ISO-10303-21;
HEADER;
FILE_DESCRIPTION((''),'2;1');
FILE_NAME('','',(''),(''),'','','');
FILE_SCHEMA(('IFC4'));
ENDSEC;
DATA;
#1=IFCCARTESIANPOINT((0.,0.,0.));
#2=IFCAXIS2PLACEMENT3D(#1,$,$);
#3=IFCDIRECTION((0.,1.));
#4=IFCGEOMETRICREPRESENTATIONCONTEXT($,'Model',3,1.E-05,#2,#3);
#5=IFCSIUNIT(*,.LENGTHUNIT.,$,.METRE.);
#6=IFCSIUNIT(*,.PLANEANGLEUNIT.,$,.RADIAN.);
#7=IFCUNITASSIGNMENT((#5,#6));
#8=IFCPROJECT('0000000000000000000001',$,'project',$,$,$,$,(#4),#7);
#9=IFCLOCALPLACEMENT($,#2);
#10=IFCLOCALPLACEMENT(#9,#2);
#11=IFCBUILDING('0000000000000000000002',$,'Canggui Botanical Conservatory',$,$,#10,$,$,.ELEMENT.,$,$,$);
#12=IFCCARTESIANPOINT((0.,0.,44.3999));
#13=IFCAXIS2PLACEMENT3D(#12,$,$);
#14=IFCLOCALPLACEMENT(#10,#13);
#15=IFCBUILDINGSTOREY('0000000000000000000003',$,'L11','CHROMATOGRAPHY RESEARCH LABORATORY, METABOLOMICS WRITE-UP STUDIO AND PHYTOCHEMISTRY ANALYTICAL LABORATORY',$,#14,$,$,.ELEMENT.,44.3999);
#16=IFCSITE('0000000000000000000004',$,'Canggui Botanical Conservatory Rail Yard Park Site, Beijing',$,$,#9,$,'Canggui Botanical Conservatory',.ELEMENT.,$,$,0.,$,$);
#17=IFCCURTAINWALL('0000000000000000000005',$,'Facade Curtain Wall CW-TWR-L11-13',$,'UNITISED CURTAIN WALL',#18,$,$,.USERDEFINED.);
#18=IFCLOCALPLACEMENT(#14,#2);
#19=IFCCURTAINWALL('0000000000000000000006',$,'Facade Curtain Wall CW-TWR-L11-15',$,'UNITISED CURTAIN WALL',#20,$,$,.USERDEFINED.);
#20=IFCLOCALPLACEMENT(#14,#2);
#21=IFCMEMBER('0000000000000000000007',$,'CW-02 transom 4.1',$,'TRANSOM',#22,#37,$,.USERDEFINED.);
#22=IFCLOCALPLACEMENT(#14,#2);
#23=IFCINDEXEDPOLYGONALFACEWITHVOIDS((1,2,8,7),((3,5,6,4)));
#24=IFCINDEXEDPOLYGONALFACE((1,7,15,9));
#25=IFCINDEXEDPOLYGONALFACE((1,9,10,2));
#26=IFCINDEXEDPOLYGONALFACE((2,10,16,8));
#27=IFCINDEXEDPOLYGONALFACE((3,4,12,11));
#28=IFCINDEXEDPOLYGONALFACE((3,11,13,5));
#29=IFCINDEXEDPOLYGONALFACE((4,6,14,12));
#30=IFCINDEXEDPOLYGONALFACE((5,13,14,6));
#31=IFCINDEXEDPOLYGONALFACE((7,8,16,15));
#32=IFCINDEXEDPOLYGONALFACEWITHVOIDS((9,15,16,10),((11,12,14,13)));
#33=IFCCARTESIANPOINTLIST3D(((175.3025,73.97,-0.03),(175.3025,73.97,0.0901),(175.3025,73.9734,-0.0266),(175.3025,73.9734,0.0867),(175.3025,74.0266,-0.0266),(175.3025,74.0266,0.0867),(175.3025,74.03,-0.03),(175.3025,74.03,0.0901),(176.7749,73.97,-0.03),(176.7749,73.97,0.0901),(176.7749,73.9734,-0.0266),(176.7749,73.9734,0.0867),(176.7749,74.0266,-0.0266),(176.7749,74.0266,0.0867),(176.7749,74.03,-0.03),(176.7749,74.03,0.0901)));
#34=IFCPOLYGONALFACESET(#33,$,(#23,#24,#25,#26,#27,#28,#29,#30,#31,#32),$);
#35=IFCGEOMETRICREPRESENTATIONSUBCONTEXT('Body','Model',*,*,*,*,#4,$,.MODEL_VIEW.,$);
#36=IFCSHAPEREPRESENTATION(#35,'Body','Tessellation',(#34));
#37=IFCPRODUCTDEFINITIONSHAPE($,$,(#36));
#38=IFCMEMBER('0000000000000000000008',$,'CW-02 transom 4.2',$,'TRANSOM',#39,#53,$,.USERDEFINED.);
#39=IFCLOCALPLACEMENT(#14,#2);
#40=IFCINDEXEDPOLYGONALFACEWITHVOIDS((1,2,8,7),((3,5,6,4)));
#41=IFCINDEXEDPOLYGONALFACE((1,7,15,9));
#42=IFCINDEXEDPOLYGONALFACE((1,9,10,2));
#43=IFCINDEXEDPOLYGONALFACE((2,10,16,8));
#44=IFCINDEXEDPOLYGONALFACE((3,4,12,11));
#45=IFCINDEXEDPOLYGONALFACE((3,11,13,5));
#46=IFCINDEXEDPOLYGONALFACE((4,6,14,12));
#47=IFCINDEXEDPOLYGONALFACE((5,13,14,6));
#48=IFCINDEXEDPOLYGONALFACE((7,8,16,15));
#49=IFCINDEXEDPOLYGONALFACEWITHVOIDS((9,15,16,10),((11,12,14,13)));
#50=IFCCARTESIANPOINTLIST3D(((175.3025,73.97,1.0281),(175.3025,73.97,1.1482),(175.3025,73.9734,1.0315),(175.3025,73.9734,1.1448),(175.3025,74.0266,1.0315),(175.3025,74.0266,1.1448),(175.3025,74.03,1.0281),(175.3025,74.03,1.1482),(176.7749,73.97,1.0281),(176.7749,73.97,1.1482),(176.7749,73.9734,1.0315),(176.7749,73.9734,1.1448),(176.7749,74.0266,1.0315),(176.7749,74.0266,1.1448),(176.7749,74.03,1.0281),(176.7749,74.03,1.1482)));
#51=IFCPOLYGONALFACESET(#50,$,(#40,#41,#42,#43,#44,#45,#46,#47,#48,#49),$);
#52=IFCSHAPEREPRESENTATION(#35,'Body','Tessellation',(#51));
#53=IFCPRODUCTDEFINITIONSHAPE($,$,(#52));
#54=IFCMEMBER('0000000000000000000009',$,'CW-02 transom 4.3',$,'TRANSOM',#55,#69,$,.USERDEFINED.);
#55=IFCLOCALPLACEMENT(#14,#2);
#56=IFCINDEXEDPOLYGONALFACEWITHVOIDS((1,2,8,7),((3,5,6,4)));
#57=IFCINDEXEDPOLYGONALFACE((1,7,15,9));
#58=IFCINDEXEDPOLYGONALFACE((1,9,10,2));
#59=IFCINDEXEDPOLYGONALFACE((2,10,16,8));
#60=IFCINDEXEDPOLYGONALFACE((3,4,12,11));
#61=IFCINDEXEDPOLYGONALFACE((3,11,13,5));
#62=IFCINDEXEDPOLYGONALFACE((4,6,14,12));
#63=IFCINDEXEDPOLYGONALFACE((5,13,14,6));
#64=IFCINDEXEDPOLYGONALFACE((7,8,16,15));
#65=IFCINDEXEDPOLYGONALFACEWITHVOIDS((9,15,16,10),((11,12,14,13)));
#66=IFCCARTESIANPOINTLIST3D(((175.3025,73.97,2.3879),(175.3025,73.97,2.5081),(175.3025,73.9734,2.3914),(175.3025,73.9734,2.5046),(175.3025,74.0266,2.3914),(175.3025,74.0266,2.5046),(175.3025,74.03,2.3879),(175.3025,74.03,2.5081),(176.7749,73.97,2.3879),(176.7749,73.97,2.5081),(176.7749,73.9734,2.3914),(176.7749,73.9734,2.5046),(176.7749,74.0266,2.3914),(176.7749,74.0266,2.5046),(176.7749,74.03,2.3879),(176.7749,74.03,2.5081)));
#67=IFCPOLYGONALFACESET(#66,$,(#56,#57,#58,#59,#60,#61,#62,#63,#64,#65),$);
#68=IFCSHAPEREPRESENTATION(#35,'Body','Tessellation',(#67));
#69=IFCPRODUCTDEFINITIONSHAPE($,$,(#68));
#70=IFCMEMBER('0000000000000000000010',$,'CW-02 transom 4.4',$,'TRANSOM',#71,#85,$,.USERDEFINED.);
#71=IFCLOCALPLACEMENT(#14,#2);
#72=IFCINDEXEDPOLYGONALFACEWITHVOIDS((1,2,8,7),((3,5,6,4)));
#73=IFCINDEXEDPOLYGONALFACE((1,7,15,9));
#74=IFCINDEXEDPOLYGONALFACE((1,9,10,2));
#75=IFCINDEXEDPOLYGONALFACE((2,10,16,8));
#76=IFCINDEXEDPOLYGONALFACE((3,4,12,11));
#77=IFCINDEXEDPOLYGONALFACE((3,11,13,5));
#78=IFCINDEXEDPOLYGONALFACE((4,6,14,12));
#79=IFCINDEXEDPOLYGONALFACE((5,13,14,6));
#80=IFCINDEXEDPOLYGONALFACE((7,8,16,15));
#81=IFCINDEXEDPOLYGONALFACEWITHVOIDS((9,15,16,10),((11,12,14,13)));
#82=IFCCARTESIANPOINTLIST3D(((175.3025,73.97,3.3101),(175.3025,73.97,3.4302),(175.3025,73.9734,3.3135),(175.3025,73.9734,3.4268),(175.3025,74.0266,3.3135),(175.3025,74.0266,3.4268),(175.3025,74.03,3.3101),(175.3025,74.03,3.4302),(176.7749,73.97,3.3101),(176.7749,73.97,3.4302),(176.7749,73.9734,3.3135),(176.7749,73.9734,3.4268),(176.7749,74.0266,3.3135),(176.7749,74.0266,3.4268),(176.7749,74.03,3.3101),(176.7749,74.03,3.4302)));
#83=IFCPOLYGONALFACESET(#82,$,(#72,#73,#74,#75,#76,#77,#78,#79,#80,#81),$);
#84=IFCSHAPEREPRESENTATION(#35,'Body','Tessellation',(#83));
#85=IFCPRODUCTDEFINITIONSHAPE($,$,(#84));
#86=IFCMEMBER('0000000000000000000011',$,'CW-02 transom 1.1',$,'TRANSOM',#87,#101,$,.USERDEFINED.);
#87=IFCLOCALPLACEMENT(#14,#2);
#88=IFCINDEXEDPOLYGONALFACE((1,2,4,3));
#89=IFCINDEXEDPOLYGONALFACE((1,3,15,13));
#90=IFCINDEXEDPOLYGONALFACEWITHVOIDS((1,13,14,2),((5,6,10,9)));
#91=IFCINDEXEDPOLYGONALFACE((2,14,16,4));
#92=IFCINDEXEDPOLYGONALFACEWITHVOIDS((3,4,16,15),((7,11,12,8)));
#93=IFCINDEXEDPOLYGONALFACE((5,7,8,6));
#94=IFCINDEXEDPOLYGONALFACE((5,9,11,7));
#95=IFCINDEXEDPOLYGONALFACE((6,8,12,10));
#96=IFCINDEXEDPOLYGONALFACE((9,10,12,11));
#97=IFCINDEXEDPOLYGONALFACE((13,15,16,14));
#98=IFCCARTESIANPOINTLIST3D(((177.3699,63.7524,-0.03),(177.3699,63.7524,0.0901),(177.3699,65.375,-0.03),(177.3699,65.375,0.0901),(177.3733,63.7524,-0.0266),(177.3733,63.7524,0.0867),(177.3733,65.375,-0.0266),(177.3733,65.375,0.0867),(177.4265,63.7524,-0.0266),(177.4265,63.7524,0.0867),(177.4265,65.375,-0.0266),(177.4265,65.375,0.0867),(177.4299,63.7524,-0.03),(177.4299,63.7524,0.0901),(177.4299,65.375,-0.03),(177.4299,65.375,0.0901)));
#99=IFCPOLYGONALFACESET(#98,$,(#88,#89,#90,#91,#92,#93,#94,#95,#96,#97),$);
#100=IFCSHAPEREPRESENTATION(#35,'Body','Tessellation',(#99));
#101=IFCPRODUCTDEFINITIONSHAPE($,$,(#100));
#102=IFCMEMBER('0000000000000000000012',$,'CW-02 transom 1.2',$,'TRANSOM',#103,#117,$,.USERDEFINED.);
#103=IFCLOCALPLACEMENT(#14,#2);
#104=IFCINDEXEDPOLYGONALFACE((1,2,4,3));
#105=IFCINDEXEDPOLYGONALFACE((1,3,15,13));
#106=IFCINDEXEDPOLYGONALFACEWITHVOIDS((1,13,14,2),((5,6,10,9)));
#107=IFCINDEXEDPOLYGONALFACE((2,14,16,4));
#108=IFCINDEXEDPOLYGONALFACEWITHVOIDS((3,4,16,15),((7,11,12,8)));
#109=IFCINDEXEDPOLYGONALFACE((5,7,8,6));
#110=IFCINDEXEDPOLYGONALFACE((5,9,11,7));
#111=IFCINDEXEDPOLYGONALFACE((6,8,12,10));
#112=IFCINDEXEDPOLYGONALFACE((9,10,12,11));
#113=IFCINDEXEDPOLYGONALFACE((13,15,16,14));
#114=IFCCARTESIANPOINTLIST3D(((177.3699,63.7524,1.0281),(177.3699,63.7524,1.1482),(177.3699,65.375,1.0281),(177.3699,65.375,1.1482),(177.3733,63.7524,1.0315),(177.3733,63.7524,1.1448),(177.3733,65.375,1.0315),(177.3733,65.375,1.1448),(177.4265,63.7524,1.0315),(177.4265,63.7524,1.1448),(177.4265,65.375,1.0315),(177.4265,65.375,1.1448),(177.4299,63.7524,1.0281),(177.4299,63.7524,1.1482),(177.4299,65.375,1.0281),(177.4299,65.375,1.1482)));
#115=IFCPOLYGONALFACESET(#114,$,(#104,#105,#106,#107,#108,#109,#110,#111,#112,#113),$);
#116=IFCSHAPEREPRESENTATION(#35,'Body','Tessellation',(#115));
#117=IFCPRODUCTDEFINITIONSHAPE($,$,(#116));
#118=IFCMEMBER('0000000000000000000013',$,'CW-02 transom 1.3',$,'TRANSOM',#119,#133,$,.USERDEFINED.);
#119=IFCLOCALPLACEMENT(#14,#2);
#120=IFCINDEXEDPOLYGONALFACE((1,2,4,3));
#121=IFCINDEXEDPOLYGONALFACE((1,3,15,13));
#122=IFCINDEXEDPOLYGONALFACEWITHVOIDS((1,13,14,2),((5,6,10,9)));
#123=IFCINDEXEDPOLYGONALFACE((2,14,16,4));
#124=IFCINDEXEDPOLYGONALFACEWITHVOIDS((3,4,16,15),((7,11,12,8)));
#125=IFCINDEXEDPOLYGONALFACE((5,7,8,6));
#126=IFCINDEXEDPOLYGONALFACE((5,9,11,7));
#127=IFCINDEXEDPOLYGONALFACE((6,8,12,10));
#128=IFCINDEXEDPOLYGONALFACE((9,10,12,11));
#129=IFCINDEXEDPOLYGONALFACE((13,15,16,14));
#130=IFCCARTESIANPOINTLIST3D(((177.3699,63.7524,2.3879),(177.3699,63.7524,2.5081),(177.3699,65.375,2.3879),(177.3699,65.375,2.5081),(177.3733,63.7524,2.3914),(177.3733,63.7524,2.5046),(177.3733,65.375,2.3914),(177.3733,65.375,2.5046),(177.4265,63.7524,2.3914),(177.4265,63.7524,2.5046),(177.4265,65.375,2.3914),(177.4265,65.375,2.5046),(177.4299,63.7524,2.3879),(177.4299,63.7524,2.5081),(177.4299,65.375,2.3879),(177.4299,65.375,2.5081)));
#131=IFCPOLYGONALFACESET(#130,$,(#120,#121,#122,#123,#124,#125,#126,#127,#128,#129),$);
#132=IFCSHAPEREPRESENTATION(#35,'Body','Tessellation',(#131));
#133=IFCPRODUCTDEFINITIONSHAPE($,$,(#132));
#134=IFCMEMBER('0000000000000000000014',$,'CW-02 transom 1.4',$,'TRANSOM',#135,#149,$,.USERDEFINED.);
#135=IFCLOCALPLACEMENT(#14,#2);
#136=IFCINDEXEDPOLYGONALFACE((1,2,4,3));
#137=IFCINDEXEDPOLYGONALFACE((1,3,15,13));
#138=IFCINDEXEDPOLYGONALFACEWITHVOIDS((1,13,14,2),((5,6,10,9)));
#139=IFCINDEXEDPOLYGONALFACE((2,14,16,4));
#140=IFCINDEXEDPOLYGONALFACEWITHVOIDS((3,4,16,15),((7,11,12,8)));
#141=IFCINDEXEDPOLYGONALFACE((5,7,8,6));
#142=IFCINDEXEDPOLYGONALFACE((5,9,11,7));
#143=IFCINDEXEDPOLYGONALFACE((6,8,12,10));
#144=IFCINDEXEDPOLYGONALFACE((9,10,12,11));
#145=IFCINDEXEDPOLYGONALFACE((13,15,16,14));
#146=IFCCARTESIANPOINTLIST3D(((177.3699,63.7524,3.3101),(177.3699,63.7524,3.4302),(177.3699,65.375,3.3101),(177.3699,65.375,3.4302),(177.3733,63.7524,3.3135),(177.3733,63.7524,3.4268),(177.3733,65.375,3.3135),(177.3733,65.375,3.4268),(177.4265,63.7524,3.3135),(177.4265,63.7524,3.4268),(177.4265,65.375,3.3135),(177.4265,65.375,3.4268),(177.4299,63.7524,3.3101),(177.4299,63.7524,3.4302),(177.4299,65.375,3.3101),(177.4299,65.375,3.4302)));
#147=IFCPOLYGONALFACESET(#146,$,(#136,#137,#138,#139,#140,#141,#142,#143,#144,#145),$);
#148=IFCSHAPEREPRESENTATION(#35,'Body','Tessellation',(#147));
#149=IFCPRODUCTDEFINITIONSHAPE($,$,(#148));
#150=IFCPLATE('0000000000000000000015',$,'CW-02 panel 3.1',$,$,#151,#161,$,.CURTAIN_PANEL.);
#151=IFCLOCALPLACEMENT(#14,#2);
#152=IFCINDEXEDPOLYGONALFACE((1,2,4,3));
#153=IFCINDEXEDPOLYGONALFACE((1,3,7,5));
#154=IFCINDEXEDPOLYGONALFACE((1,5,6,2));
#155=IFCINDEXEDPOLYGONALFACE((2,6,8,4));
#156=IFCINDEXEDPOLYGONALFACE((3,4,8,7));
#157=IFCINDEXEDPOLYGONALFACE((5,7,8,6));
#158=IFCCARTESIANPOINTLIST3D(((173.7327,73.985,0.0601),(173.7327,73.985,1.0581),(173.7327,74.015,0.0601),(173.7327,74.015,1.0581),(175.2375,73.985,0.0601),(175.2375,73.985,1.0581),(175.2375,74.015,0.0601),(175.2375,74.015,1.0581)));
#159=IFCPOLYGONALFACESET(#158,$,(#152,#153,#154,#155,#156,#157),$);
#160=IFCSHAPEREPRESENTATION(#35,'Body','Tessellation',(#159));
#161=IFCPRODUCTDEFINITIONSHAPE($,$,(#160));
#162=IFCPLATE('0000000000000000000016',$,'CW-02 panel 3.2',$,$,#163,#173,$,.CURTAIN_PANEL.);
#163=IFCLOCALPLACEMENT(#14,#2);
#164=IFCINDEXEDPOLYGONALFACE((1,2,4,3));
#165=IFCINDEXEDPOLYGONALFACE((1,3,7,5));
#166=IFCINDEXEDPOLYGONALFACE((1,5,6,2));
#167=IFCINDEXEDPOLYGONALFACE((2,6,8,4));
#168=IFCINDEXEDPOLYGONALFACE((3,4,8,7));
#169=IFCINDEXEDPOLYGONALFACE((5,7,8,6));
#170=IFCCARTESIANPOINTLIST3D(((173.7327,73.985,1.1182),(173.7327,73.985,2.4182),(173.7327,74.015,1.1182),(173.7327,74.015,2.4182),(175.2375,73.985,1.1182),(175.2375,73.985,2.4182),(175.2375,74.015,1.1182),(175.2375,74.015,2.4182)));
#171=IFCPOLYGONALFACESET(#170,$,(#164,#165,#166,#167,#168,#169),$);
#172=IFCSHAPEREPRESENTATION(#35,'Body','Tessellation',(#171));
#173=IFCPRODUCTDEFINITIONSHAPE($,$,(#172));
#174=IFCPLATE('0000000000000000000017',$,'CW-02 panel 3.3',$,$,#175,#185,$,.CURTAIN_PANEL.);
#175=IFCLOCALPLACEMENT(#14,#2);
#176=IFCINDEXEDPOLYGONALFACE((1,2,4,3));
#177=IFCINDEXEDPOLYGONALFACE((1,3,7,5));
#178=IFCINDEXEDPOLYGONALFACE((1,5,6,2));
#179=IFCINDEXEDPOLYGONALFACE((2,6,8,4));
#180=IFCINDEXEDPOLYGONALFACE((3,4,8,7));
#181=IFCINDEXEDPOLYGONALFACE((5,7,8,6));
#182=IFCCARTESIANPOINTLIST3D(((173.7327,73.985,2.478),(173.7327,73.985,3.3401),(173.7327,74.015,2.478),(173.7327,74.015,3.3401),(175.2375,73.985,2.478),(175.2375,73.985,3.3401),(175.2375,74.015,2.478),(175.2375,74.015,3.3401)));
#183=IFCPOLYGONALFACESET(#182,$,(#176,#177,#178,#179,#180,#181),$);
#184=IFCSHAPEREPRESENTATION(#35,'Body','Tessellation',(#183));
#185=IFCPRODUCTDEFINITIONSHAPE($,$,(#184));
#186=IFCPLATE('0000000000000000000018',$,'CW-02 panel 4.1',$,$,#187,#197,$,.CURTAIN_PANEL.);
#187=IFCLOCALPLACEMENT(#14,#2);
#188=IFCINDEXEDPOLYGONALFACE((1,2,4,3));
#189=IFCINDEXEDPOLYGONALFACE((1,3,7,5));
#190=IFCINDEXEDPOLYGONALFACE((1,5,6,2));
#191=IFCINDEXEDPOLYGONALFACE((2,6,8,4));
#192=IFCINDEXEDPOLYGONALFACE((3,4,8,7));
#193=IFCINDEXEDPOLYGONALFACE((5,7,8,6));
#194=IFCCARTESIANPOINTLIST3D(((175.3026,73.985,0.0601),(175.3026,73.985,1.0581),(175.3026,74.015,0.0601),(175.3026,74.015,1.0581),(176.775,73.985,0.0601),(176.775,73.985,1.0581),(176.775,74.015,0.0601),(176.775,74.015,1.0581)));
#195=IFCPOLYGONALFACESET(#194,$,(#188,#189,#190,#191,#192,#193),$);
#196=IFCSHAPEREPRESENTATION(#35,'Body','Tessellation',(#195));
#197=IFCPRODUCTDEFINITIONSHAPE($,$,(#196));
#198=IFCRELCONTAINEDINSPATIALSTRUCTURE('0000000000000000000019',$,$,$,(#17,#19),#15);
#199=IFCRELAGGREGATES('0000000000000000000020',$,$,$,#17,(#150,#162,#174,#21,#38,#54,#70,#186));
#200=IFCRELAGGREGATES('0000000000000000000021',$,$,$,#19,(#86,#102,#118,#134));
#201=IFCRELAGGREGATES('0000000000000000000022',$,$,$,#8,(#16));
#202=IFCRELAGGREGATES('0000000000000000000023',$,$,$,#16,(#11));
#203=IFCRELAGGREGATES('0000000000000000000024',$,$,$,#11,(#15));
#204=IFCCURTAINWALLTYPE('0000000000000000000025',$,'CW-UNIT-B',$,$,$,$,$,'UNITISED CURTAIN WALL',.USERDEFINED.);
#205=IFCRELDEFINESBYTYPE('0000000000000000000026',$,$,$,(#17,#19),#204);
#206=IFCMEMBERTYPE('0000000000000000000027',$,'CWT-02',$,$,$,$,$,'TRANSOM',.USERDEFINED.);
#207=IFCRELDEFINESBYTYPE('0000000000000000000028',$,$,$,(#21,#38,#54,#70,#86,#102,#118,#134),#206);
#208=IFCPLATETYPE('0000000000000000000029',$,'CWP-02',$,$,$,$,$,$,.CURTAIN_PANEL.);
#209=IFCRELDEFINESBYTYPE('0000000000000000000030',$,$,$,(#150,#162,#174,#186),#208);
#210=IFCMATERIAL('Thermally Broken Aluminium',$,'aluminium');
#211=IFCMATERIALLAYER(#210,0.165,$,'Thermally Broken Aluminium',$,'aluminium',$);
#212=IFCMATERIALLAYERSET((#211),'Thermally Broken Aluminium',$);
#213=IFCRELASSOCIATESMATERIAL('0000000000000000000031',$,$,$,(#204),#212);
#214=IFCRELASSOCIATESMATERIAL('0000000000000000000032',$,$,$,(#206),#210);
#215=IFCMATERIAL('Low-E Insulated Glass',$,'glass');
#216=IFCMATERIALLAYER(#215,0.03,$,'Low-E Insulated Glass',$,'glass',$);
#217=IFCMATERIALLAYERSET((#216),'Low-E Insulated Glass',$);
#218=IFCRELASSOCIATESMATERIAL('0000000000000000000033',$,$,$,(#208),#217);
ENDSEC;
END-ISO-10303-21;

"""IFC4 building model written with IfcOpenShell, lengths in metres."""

from ifc_helpers import new_model, si_unit, direction, frame, origin, origin_2d, place, context, subcontext, project, spatial, rectangle, hollow_rectangle, extrude, material, layer, layer_set, material_profile, profile_set, type_object, element, aggregate, save


model = new_model("IFC4")

# Units and contexts
model_context = context("Model", 3, precision=1e-05, world=origin(), true_north=direction((0.0, 1.0)))
body_context = subcontext(model_context, "Body", "Model", "MODEL_VIEW")
ifc_project = project(units=[si_unit("LENGTHUNIT", "METRE"), si_unit("PLANEANGLEUNIT", "RADIAN")], contexts=[model_context])

# Site, building, storey
site_placement = place(None, origin())
site = spatial("IfcSite", under=ifc_project, at=site_placement, Name="Canggui Botanical Conservatory Rail Yard Park Site, Beijing", LongName="Canggui Botanical Conservatory", CompositionType="ELEMENT", RefElevation=0.0)
building_placement = place(site_placement, origin())
building = spatial("IfcBuilding", under=site, at=building_placement, Name="Canggui Botanical Conservatory", CompositionType="ELEMENT")
storey_placement = place(building_placement, frame((0.0, 0.0, 44.3999)))
storey = spatial("IfcBuildingStorey", under=building, at=storey_placement, Name="L11", Description="CHROMATOGRAPHY RESEARCH LABORATORY, METABOLOMICS WRITE-UP STUDIO AND PHYTOCHEMISTRY ANALYTICAL LABORATORY", CompositionType="ELEMENT", Elevation=44.3999)

# Curtain walls
ifc_material_1 = material(Name="Thermally Broken Aluminium", Category="aluminium")
ifc_layer_1 = layer(ifc_material_1, 0.165, Name="Thermally Broken Aluminium", Category="aluminium")
ifc_layer_set_1 = layer_set([ifc_layer_1], Name="Thermally Broken Aluminium")
curtain_wall_type = type_object("IfcCurtainWallType", Name="CW-UNIT-B", ElementType="UNITISED CURTAIN WALL", PredefinedType="USERDEFINED", material=ifc_layer_set_1)
curtain_wall_1_placement = place(storey_placement, origin())
curtain_wall_1 = element("IfcCurtainWall", 1, at=curtain_wall_1_placement, inside=storey, type_object=curtain_wall_type, Name="Facade Curtain Wall CW-TWR-L11-13", ObjectType="UNITISED CURTAIN WALL", PredefinedType="USERDEFINED")
curtain_wall_2_placement = place(storey_placement, origin())
curtain_wall_2 = element("IfcCurtainWall", 2, at=curtain_wall_2_placement, inside=storey, type_object=curtain_wall_type, Name="Facade Curtain Wall CW-TWR-L11-15", ObjectType="UNITISED CURTAIN WALL", PredefinedType="USERDEFINED")

# Members
ifc_material_profile_1 = material_profile(ifc_material_1, hollow_rectangle(XDim=0.0601, YDim=0.1201, WallThickness=0.0034, at=origin_2d()), Name="CWT 60x120x3.5")
ifc_profile_set_1 = profile_set([ifc_material_profile_1], Name="Thermally Broken Aluminium")
member_type_1 = type_object("IfcMemberType", Name="CWT-02", ElementType="TRANSOM", PredefinedType="USERDEFINED", material=ifc_profile_set_1)
member_1_placement = place(storey_placement, frame((175.3025, 74.0, 0.03), z_axis=(1.0, 0.0, 0.0), x_axis=(0.0, 1.0, 0.0)))
member_1 = element("IfcMember", 3, at=member_1_placement, type_object=member_type_1, Name="CW-02 transom 4.1", ObjectType="TRANSOM", PredefinedType="USERDEFINED", context=body_context, shape_type="SweptSolid", body=[
    extrude(hollow_rectangle(XDim=0.0601, YDim=0.1201, WallThickness=0.0034, at=origin_2d()), origin(), (0.0, 0.0, 1.0), 1.4724),
])
member_2_placement = place(storey_placement, frame((175.3025, 74.0, 1.0881), z_axis=(1.0, 0.0, 0.0), x_axis=(0.0, 1.0, 0.0)))
member_2 = element("IfcMember", 4, at=member_2_placement, type_object=member_type_1, Name="CW-02 transom 4.2", ObjectType="TRANSOM", PredefinedType="USERDEFINED", context=body_context, shape_type="SweptSolid", body=[
    extrude(hollow_rectangle(XDim=0.0601, YDim=0.1201, WallThickness=0.0034, at=origin_2d()), origin(), (0.0, 0.0, 1.0), 1.4724),
])
member_3_placement = place(storey_placement, frame((175.3025, 74.0, 2.448), z_axis=(1.0, 0.0, 0.0), x_axis=(0.0, 1.0, 0.0)))
member_3 = element("IfcMember", 5, at=member_3_placement, type_object=member_type_1, Name="CW-02 transom 4.3", ObjectType="TRANSOM", PredefinedType="USERDEFINED", context=body_context, shape_type="SweptSolid", body=[
    extrude(hollow_rectangle(XDim=0.0601, YDim=0.1201, WallThickness=0.0034, at=origin_2d()), origin(), (0.0, 0.0, 1.0), 1.4724),
])
member_4_placement = place(storey_placement, frame((175.3025, 74.0, 3.3701), z_axis=(1.0, 0.0, 0.0), x_axis=(0.0, 1.0, 0.0)))
member_4 = element("IfcMember", 6, at=member_4_placement, type_object=member_type_1, Name="CW-02 transom 4.4", ObjectType="TRANSOM", PredefinedType="USERDEFINED", context=body_context, shape_type="SweptSolid", body=[
    extrude(hollow_rectangle(XDim=0.0601, YDim=0.1201, WallThickness=0.0034, at=origin_2d()), origin(), (0.0, 0.0, 1.0), 1.4724),
])
member_5_placement = place(storey_placement, frame((177.3999, 65.375, 0.03), z_axis=(0.0, -1.0, 0.0), x_axis=(1.0, 0.0, 0.0)))
member_5 = element("IfcMember", 7, at=member_5_placement, type_object=member_type_1, Name="CW-02 transom 1.1", ObjectType="TRANSOM", PredefinedType="USERDEFINED", context=body_context, shape_type="SweptSolid", body=[
    extrude(hollow_rectangle(XDim=0.0601, YDim=0.1201, WallThickness=0.0034, at=origin_2d()), origin(), (0.0, 0.0, 1.0), 1.6226),
])
member_6_placement = place(storey_placement, frame((177.3999, 65.375, 1.0881), z_axis=(0.0, -1.0, 0.0), x_axis=(1.0, 0.0, 0.0)))
member_6 = element("IfcMember", 8, at=member_6_placement, type_object=member_type_1, Name="CW-02 transom 1.2", ObjectType="TRANSOM", PredefinedType="USERDEFINED", context=body_context, shape_type="SweptSolid", body=[
    extrude(hollow_rectangle(XDim=0.0601, YDim=0.1201, WallThickness=0.0034, at=origin_2d()), origin(), (0.0, 0.0, 1.0), 1.6226),
])
member_7_placement = place(storey_placement, frame((177.3999, 65.375, 2.448), z_axis=(0.0, -1.0, 0.0), x_axis=(1.0, 0.0, 0.0)))
member_7 = element("IfcMember", 9, at=member_7_placement, type_object=member_type_1, Name="CW-02 transom 1.3", ObjectType="TRANSOM", PredefinedType="USERDEFINED", context=body_context, shape_type="SweptSolid", body=[
    extrude(hollow_rectangle(XDim=0.0601, YDim=0.1201, WallThickness=0.0034, at=origin_2d()), origin(), (0.0, 0.0, 1.0), 1.6226),
])
member_8_placement = place(storey_placement, frame((177.3999, 65.375, 3.3701), z_axis=(0.0, -1.0, 0.0), x_axis=(1.0, 0.0, 0.0)))
member_8 = element("IfcMember", 10, at=member_8_placement, type_object=member_type_1, Name="CW-02 transom 1.4", ObjectType="TRANSOM", PredefinedType="USERDEFINED", context=body_context, shape_type="SweptSolid", body=[
    extrude(hollow_rectangle(XDim=0.0601, YDim=0.1201, WallThickness=0.0034, at=origin_2d()), origin(), (0.0, 0.0, 1.0), 1.6226),
])

# Plates
ifc_material_2 = material(Name="Low-E Insulated Glass", Category="glass")
ifc_layer_2 = layer(ifc_material_2, 0.03, Name="Low-E Insulated Glass", Category="glass")
ifc_layer_set_2 = layer_set([ifc_layer_2], Name="Low-E Insulated Glass")
plate_type = type_object("IfcPlateType", Name="CWP-02", PredefinedType="CURTAIN_PANEL", material=ifc_layer_set_2)
plate_1_placement = place(storey_placement, frame((174.4851, 74.0, 0.0601), z_axis=(0.0, 0.0, 1.0), x_axis=(1.0, 0.0, 0.0)))
plate_1 = element("IfcPlate", 11, at=plate_1_placement, type_object=plate_type, Name="CW-02 panel 3.1", PredefinedType="CURTAIN_PANEL", context=body_context, shape_type="SweptSolid", body=[
    extrude(rectangle(XDim=1.5049, YDim=0.03, at=origin_2d()), origin(), (0.0, 0.0, 1.0), 0.998),
])
plate_2_placement = place(storey_placement, frame((174.4851, 74.0, 1.1182), z_axis=(0.0, 0.0, 1.0), x_axis=(1.0, 0.0, 0.0)))
plate_2 = element("IfcPlate", 12, at=plate_2_placement, type_object=plate_type, Name="CW-02 panel 3.2", PredefinedType="CURTAIN_PANEL", context=body_context, shape_type="SweptSolid", body=[
    extrude(rectangle(XDim=1.5049, YDim=0.03, at=origin_2d()), origin(), (0.0, 0.0, 1.0), 1.3),
])
plate_3_placement = place(storey_placement, frame((174.4851, 74.0, 2.478), z_axis=(0.0, 0.0, 1.0), x_axis=(1.0, 0.0, 0.0)))
plate_3 = element("IfcPlate", 13, at=plate_3_placement, type_object=plate_type, Name="CW-02 panel 3.3", PredefinedType="CURTAIN_PANEL", context=body_context, shape_type="SweptSolid", body=[
    extrude(rectangle(XDim=1.5049, YDim=0.03, at=origin_2d()), origin(), (0.0, 0.0, 1.0), 0.8621),
])
plate_4_placement = place(storey_placement, frame((176.0388, 74.0, 0.0601), z_axis=(0.0, 0.0, 1.0), x_axis=(1.0, 0.0, 0.0)))
plate_4 = element("IfcPlate", 14, at=plate_4_placement, type_object=plate_type, Name="CW-02 panel 4.1", PredefinedType="CURTAIN_PANEL", context=body_context, shape_type="SweptSolid", body=[
    extrude(rectangle(XDim=1.4724, YDim=0.03, at=origin_2d()), origin(), (0.0, 0.0, 1.0), 0.998),
])
aggregate(curtain_wall_1, [plate_1, plate_2, plate_3, member_1, member_2, member_3, member_4, plate_4])
aggregate(curtain_wall_2, [member_5, member_6, member_7, member_8])

save(model, "model.ifc")
